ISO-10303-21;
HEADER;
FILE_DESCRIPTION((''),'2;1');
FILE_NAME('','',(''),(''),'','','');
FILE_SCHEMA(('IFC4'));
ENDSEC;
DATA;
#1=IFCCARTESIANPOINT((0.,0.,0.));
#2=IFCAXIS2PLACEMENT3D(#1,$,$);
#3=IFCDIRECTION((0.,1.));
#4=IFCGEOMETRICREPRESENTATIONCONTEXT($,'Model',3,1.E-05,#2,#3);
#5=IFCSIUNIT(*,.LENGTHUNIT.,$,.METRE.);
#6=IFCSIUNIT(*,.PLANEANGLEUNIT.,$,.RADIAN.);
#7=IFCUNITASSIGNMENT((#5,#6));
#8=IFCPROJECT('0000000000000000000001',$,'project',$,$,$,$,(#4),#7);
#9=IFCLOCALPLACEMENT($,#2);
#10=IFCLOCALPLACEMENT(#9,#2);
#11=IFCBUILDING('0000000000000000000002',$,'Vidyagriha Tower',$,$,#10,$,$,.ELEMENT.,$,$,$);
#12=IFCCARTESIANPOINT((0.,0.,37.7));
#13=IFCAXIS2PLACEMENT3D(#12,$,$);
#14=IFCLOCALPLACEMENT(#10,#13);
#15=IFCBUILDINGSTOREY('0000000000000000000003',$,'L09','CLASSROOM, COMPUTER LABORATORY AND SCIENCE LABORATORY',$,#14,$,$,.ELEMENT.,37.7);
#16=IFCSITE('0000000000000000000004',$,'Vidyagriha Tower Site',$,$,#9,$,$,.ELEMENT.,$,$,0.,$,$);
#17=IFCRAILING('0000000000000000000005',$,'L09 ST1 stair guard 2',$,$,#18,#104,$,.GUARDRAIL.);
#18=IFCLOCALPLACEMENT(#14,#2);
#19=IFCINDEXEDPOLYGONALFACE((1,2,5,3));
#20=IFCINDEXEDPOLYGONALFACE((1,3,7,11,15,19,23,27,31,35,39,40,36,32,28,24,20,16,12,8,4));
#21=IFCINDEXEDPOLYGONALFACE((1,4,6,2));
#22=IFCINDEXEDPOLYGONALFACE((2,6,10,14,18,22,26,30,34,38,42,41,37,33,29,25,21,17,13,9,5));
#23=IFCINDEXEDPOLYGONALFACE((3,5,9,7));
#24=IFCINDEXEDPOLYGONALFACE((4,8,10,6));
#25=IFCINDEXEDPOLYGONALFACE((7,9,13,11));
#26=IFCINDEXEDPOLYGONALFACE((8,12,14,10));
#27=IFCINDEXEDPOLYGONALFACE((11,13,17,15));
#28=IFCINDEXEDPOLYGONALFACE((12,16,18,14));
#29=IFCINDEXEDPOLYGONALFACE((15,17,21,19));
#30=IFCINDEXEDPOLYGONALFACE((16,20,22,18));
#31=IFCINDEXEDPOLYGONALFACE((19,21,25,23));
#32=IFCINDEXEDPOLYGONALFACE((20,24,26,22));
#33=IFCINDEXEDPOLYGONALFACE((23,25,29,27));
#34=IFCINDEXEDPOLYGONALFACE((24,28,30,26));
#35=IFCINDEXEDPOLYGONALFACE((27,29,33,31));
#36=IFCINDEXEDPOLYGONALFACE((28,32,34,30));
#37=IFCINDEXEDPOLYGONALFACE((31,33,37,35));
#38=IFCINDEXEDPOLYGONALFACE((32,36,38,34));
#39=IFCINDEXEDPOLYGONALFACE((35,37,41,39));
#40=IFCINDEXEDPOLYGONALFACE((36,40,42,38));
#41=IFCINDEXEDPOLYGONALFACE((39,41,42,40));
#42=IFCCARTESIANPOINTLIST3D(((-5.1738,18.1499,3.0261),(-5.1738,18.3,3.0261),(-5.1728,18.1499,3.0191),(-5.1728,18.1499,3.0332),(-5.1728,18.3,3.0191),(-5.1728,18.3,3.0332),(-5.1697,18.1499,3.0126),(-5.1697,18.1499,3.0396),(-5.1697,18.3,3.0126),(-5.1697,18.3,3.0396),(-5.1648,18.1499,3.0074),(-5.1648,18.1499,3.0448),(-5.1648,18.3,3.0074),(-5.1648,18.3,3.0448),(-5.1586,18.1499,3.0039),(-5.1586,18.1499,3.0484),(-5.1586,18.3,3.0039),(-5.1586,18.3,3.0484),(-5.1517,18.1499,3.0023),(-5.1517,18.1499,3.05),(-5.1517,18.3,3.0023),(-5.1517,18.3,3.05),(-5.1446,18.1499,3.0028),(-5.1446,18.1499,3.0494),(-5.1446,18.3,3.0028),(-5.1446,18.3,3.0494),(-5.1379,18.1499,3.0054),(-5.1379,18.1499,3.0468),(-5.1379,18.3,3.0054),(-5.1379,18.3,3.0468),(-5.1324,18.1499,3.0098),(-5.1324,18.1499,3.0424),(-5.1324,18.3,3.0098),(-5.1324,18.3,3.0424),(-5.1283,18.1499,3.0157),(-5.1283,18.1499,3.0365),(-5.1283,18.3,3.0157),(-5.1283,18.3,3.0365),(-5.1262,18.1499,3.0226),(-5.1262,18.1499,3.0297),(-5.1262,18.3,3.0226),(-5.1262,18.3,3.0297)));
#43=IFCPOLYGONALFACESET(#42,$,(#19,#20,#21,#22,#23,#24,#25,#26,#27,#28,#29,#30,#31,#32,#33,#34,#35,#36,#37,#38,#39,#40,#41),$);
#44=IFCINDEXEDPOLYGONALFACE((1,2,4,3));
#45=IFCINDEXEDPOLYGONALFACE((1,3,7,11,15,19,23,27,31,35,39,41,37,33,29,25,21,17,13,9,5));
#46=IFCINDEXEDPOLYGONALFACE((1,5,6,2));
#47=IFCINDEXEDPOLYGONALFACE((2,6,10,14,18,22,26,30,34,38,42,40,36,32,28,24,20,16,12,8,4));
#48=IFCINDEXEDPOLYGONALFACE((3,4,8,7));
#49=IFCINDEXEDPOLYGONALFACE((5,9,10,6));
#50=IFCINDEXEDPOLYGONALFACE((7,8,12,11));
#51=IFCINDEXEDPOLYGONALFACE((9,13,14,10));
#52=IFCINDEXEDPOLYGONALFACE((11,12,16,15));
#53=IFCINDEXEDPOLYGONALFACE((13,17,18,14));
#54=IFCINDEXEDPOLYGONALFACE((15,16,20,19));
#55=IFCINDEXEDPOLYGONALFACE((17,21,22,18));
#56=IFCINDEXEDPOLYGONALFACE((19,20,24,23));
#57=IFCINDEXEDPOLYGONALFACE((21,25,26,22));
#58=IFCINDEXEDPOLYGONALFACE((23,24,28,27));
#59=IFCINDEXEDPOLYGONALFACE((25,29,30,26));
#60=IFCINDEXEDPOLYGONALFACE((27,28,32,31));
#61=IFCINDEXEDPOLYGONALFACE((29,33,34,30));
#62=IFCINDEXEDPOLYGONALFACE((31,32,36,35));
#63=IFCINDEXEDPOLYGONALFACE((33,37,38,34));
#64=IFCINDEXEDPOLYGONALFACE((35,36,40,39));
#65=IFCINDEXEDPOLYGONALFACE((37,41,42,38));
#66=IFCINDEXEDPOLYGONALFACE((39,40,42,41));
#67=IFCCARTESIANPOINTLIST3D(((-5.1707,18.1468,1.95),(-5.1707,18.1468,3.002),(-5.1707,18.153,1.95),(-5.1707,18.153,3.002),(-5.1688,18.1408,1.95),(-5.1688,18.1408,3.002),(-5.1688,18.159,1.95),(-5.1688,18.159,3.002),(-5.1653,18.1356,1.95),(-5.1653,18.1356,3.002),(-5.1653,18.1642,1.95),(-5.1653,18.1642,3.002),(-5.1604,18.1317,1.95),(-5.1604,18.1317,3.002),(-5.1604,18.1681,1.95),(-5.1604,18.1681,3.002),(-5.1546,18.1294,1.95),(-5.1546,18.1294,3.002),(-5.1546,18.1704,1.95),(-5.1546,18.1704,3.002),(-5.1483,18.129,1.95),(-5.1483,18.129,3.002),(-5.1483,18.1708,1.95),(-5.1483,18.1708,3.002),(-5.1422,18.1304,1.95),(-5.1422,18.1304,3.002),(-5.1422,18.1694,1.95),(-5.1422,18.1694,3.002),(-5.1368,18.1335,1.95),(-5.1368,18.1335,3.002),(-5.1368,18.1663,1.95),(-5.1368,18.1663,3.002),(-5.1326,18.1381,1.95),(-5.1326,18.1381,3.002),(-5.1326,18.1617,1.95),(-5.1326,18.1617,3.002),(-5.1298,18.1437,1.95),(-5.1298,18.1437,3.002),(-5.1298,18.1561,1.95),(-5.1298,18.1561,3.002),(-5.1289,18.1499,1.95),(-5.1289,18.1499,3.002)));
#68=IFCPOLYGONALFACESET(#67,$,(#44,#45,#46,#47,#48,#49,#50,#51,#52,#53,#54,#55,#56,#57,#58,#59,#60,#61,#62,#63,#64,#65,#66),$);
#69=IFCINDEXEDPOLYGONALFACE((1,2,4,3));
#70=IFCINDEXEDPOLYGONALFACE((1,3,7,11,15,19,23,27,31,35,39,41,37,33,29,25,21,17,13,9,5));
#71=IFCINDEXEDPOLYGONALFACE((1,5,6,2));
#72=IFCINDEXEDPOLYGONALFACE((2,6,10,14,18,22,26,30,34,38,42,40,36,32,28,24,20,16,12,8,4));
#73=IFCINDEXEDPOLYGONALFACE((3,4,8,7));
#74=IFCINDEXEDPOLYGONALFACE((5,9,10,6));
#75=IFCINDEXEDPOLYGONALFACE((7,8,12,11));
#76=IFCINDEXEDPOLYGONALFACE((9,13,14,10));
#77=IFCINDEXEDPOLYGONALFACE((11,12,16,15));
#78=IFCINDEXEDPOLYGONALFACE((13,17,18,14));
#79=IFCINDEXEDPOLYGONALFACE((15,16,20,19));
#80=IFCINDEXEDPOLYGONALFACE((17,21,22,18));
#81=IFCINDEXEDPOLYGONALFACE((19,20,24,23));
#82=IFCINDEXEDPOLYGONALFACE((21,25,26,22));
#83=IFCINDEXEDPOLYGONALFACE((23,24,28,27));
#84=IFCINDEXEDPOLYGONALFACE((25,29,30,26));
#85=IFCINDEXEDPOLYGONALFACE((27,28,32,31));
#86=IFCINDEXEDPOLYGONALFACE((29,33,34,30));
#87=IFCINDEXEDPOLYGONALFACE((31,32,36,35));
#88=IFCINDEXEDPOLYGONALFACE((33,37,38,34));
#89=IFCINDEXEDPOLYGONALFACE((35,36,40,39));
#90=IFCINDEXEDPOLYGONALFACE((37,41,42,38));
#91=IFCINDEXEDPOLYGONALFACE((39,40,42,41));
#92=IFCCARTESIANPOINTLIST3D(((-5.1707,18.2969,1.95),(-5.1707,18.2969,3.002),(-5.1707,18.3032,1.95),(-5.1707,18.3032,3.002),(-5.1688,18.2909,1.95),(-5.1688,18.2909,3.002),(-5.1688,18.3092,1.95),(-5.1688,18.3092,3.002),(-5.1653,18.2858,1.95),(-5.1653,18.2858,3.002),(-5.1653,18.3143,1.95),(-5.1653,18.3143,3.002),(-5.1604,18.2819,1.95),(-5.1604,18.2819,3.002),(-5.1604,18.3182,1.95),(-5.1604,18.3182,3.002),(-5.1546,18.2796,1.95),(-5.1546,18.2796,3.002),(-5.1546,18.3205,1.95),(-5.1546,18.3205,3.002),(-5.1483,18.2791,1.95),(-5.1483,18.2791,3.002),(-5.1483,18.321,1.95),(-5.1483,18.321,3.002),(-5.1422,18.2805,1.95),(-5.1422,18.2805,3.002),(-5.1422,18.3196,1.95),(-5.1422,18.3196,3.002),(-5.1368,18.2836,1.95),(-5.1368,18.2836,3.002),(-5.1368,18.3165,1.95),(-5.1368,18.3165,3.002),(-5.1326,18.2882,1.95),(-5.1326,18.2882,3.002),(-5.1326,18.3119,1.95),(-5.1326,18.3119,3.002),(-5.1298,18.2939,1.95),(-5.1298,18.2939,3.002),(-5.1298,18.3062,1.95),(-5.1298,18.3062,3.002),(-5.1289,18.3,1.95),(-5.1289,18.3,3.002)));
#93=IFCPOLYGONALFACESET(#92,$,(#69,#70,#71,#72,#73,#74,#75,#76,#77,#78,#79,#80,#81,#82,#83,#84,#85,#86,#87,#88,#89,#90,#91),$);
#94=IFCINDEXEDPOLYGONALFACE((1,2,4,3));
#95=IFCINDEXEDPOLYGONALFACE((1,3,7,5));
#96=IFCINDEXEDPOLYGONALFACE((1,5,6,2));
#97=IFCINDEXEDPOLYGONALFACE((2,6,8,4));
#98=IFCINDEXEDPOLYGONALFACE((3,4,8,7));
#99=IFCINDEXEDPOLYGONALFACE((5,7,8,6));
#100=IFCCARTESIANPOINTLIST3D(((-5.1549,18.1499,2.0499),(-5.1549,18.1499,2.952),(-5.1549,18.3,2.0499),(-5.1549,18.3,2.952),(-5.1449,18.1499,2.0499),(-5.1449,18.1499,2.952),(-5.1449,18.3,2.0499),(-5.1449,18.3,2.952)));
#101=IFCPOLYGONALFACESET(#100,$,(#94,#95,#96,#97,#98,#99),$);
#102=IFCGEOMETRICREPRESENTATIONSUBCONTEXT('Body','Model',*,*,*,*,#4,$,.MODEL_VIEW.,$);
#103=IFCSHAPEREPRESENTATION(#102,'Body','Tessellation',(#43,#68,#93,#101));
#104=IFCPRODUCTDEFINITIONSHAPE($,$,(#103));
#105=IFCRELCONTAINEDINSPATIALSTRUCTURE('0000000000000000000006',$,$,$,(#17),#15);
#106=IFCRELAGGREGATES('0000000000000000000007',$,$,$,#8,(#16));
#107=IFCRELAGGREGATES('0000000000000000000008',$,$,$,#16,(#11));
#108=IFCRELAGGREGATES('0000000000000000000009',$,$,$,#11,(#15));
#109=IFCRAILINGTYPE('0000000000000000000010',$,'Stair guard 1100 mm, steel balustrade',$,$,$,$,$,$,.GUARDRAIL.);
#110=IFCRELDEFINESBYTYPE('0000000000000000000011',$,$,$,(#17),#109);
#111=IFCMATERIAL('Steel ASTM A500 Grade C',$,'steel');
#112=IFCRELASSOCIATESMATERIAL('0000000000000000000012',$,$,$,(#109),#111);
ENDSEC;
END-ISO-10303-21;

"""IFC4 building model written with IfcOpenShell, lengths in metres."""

from ifc_helpers import new_model, si_unit, direction, frame, origin, origin_2d, place, context, subcontext, project, spatial, rectangle, circle, extrude, material, type_object, element, save


model = new_model("IFC4")

# Units and contexts
model_context = context("Model", 3, precision=1e-05, world=origin(), true_north=direction((0.0, 1.0)))
body_context = subcontext(model_context, "Body", "Model", "MODEL_VIEW")
ifc_project = project(units=[si_unit("LENGTHUNIT", "METRE"), si_unit("PLANEANGLEUNIT", "RADIAN")], contexts=[model_context])

# Site, building, storey
site_placement = place(None, origin())
site = spatial("IfcSite", under=ifc_project, at=site_placement, Name="Vidyagriha Tower Site", CompositionType="ELEMENT", RefElevation=0.0)
building_placement = place(site_placement, origin())
building = spatial("IfcBuilding", under=site, at=building_placement, Name="Vidyagriha Tower", CompositionType="ELEMENT")
storey_placement = place(building_placement, frame((0.0, 0.0, 37.7)))
storey = spatial("IfcBuildingStorey", under=building, at=storey_placement, Name="L09", Description="CLASSROOM, COMPUTER LABORATORY AND SCIENCE LABORATORY", CompositionType="ELEMENT", Elevation=37.7)

# Railing
ifc_material_1 = material(Name="Steel ASTM A500 Grade C", Category="steel")
railing_type_1 = type_object("IfcRailingType", Name="Stair guard 1100 mm, steel balustrade", PredefinedType="GUARDRAIL", material=ifc_material_1)
railing_1_placement = place(storey_placement, frame((-5.1499, 18.1499, 1.95)))
element("IfcRailing", 1, at=railing_1_placement, inside=storey, type_object=railing_type_1, Name="L09 ST1 stair guard 2", PredefinedType="GUARDRAIL", context=body_context, shape_type="SweptSolid", body=[
    extrude(circle(Radius=0.0239, at=origin_2d()), frame((0.0, 0.0, 1.0762), z_axis=(0.0, 1.0, 0.0), x_axis=(-1.0, 0.0, 0.0)), (0.0, 0.0, 1.0), 0.1501),
    extrude(circle(Radius=0.021, at=origin_2d()), origin(), (0.0, 0.0, 1.0), 1.052),
    extrude(circle(Radius=0.021, at=origin_2d()), frame((0.0, 0.1501, 0.0)), (0.0, 0.0, 1.0), 1.052),
    extrude(rectangle(XDim=0.01, YDim=0.9021, at=origin_2d()), frame((0.0, 0.0, 0.551), z_axis=(0.0, 1.0, 0.0), x_axis=(-1.0, 0.0, 0.0)), (0.0, 0.0, 1.0), 0.1501),
])

save(model, "model.ifc")
